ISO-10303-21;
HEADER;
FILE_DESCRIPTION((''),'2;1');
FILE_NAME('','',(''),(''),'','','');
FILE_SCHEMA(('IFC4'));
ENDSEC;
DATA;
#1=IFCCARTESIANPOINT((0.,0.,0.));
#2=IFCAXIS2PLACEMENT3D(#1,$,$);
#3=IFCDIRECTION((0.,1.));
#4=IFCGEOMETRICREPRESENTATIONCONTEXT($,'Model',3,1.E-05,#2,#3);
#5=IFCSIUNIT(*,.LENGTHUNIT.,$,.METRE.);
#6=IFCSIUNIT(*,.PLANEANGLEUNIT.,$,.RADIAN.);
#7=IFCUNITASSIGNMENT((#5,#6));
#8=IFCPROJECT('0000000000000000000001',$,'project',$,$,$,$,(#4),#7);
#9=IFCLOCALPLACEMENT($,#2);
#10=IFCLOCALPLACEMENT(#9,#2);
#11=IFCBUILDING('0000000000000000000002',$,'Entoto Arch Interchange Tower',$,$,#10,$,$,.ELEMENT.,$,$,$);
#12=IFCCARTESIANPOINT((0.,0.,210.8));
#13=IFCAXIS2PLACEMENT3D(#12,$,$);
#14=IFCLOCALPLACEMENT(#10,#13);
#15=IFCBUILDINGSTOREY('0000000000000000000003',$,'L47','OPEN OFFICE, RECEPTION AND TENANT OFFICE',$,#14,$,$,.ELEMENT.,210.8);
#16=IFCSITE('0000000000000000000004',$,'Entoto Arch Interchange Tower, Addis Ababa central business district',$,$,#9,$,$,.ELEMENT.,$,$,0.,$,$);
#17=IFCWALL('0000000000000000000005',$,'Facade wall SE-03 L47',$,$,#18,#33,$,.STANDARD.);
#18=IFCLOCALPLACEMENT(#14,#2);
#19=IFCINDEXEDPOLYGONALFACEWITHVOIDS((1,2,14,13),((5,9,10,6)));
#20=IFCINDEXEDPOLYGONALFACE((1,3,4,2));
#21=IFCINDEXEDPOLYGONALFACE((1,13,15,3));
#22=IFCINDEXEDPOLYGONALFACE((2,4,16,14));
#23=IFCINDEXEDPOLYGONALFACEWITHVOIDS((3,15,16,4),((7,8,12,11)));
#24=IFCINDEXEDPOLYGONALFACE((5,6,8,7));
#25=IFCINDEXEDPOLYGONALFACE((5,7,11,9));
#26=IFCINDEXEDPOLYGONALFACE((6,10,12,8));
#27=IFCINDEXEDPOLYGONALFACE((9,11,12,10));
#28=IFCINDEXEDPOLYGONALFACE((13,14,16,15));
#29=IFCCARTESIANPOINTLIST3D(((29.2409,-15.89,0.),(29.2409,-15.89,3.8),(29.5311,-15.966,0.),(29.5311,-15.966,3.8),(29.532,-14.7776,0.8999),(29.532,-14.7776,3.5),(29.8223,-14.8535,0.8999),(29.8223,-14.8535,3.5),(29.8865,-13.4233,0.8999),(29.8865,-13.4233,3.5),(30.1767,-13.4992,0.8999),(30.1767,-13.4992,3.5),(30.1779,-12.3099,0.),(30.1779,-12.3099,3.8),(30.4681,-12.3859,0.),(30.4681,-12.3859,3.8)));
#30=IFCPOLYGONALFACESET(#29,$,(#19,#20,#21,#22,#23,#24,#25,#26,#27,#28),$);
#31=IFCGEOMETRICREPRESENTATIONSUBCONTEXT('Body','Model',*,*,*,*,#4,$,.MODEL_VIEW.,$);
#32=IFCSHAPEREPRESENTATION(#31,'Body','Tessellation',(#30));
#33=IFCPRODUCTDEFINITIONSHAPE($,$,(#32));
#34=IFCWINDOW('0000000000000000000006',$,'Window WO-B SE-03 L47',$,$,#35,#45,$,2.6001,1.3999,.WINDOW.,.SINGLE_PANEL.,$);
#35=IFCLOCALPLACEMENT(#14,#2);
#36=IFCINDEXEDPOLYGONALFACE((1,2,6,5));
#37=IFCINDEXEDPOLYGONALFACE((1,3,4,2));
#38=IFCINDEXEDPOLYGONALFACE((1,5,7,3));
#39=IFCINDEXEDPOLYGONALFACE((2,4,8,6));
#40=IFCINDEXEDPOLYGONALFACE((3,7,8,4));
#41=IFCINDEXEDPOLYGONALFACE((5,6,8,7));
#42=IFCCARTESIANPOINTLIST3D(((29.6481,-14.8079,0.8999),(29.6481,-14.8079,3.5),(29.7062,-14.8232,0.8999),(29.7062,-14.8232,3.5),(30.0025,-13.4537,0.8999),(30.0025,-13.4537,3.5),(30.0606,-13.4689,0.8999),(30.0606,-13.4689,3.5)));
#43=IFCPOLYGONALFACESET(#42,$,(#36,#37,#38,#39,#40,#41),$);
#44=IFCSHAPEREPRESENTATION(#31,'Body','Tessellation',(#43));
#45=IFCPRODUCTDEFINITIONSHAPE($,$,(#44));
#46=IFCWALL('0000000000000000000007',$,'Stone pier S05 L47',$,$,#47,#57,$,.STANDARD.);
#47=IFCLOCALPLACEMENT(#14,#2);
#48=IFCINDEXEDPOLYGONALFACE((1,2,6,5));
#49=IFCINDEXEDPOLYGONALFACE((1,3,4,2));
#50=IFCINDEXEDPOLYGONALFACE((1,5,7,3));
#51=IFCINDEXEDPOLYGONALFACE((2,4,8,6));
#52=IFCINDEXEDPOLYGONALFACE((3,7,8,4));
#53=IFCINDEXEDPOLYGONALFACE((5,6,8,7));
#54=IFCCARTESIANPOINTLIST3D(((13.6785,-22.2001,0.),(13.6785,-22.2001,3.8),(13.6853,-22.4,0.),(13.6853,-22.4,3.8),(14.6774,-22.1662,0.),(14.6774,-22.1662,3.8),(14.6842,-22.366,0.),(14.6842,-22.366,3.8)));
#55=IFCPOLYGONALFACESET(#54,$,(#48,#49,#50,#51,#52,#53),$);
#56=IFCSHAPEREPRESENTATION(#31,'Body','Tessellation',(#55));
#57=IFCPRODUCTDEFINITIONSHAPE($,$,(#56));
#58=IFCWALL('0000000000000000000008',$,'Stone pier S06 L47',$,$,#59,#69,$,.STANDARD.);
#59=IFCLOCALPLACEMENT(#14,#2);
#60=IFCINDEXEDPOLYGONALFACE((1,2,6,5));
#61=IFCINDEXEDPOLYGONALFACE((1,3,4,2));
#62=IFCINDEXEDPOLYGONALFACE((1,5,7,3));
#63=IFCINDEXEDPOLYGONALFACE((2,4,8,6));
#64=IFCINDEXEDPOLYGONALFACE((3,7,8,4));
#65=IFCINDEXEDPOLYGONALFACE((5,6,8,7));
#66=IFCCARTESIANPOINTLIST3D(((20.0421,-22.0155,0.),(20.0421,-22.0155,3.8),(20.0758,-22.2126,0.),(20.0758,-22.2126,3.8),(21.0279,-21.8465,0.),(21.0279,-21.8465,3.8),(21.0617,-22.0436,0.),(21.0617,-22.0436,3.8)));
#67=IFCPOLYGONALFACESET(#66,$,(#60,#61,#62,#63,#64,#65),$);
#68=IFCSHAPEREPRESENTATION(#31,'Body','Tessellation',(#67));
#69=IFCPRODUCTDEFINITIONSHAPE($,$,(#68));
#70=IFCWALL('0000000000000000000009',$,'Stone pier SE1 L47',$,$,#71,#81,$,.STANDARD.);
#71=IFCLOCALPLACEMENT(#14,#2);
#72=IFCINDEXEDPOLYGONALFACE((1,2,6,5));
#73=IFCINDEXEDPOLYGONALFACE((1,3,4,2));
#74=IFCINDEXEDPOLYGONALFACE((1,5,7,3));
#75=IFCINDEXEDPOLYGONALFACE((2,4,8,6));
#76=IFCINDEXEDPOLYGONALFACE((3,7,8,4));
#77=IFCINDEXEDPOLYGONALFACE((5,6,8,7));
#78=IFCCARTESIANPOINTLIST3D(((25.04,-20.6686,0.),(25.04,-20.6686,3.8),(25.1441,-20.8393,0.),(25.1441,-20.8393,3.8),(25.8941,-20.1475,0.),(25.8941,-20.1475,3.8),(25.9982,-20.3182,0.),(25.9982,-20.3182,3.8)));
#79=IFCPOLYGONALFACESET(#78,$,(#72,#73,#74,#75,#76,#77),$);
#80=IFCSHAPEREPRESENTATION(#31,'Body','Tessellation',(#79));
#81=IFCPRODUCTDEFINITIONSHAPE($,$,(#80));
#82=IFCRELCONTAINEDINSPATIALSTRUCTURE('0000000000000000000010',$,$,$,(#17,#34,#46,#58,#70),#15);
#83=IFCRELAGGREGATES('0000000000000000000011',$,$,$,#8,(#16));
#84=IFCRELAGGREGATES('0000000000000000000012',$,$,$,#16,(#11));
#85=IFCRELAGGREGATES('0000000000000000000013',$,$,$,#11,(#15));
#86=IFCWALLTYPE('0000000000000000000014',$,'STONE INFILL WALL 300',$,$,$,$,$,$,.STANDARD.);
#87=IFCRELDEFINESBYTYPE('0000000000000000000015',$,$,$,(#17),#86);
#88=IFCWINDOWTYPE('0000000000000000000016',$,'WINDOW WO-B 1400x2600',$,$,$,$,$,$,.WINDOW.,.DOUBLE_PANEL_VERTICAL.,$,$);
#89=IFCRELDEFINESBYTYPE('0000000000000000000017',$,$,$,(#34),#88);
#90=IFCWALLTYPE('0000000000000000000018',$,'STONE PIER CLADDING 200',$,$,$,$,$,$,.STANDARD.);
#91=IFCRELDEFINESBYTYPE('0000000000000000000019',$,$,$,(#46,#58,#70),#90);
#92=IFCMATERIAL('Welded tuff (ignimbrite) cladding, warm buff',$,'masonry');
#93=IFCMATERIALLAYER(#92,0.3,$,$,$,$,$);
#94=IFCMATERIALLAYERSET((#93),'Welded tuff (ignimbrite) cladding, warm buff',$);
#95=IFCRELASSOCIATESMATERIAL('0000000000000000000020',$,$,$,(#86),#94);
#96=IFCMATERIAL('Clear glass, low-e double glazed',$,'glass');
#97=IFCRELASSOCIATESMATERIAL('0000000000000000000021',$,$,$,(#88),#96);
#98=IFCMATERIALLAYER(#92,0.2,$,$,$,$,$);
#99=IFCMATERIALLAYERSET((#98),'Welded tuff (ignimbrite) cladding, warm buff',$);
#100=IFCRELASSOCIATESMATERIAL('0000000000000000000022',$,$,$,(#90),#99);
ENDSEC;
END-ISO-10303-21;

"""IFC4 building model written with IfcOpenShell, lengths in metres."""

from ifc_helpers import new_model, si_unit, direction, frame, frame_2d, origin, place, context, subcontext, project, spatial, rectangle, extrude, material, layer, layer_set, type_object, element, fill, save


model = new_model("IFC4")

# Units and contexts
model_context = context("Model", 3, precision=1e-05, world=origin(), true_north=direction((0.0, 1.0)))
body_context = subcontext(model_context, "Body", "Model", "MODEL_VIEW")
ifc_project = project(units=[si_unit("LENGTHUNIT", "METRE"), si_unit("PLANEANGLEUNIT", "RADIAN")], contexts=[model_context])

# Site, building, storey
site_placement = place(None, origin())
site = spatial("IfcSite", under=ifc_project, at=site_placement, Name="Entoto Arch Interchange Tower, Addis Ababa central business district", CompositionType="ELEMENT", RefElevation=0.0)
building_placement = place(site_placement, origin())
building = spatial("IfcBuilding", under=site, at=building_placement, Name="Entoto Arch Interchange Tower", CompositionType="ELEMENT")
storey_placement = place(building_placement, frame((0.0, 0.0, 210.8)))
storey = spatial("IfcBuildingStorey", under=building, at=storey_placement, Name="L47", Description="OPEN OFFICE, RECEPTION AND TENANT OFFICE", CompositionType="ELEMENT", Elevation=210.8)

# Shared definitions
ifc_material_1 = material(Name="Welded tuff (ignimbrite) cladding, warm buff", Category="masonry")
ifc_layer_1 = layer(ifc_material_1, 0.3)
ifc_layer_set_1 = layer_set([ifc_layer_1], Name="Welded tuff (ignimbrite) cladding, warm buff")
wall_type_1 = type_object("IfcWallType", Name="STONE INFILL WALL 300", PredefinedType="STANDARD", material=ifc_layer_set_1)
ifc_material_2 = material(Name="Clear glass, low-e double glazed", Category="glass")
window_type = type_object("IfcWindowType", Name="WINDOW WO-B 1400x2600", PartitioningType="DOUBLE_PANEL_VERTICAL", PredefinedType="WINDOW", material=ifc_material_2)

# Wall, opening, window
wall_1_placement = place(storey_placement, frame((29.386, -15.928, 0.0), z_axis=(0.0, 0.0, 1.0), x_axis=(0.253201, 0.967414, 0.0)))
wall_1 = element("IfcWall", 1, at=wall_1_placement, inside=storey, type_object=wall_type_1, Name="Facade wall SE-03 L47", PredefinedType="STANDARD", context=body_context, shape_type="SweptSolid", body=[
    extrude(rectangle(XDim=3.7007, YDim=0.3, at=frame_2d((1.8503, 0.0))), origin(), (0.0, 0.0, 1.0), 3.8),
])
opening_1_placement = place(wall_1_placement, frame((1.1499, 0.0, 0.8999)))
opening_1 = element("IfcOpeningElement", 2, at=opening_1_placement, cuts=wall_1, PredefinedType="OPENING", context=body_context, shape_type="SweptSolid", body=[
    extrude(rectangle(XDim=1.3999, YDim=2.6001, at=frame_2d((0.7, 1.3))), frame((0.0, 0.1602, 0.0), z_axis=(0.0, -1.0, 0.0), x_axis=(1.0, 0.0, 0.0)), (0.0, 0.0, 1.0), 0.3201),
])
window_1_placement = place(opening_1_placement, origin())
window_1 = element("IfcWindow", 3, at=window_1_placement, inside=storey, type_object=window_type, Name="Window WO-B SE-03 L47", OverallHeight=2.6001, OverallWidth=1.3999, PartitioningType="SINGLE_PANEL", PredefinedType="WINDOW", context=body_context, shape_type="SweptSolid", body=[
    extrude(rectangle(XDim=1.3999, YDim=2.6001, at=frame_2d((0.7, 1.3))), frame((0.0, 0.03, 0.0), z_axis=(0.0, -1.0, 0.0), x_axis=(1.0, 0.0, 0.0)), (0.0, 0.0, 1.0), 0.0601),
])
fill(opening_1, window_1)

# Walls
ifc_layer_2 = layer(ifc_material_1, 0.2)
ifc_layer_set_2 = layer_set([ifc_layer_2], Name="Welded tuff (ignimbrite) cladding, warm buff")
wall_type_2 = type_object("IfcWallType", Name="STONE PIER CLADDING 200", PredefinedType="STANDARD", material=ifc_layer_set_2)
wall_2_placement = place(storey_placement, frame((13.6819, -22.3, 0.0), z_axis=(0.0, 0.0, 1.0), x_axis=(0.999424, 0.033949, 0.0)))
element("IfcWall", 4, at=wall_2_placement, inside=storey, type_object=wall_type_2, Name="Stone pier S05 L47", PredefinedType="STANDARD", context=body_context, shape_type="SweptSolid", body=[
    extrude(rectangle(XDim=0.9995, YDim=0.2, at=frame_2d((0.4998, 0.0))), origin(), (0.0, 0.0, 1.0), 3.8),
])
wall_3_placement = place(storey_placement, frame((20.0591, -22.114, 0.0), z_axis=(0.0, 0.0, 1.0), x_axis=(0.985632, 0.16891, 0.0)))
element("IfcWall", 5, at=wall_3_placement, inside=storey, type_object=wall_type_2, Name="Stone pier S06 L47", PredefinedType="STANDARD", context=body_context, shape_type="SweptSolid", body=[
    extrude(rectangle(XDim=1.0002, YDim=0.2, at=frame_2d((0.5, 0.0))), origin(), (0.0, 0.0, 1.0), 3.8),
])
wall_4_placement = place(storey_placement, frame((25.092, -20.7539, 0.0), z_axis=(0.0, 0.0, 1.0), x_axis=(0.85368, 0.520798, 0.0)))
element("IfcWall", 6, at=wall_4_placement, inside=storey, type_object=wall_type_2, Name="Stone pier SE1 L47", PredefinedType="STANDARD", context=body_context, shape_type="SweptSolid", body=[
    extrude(rectangle(XDim=1.0005, YDim=0.2, at=frame_2d((0.5002, 0.0))), origin(), (0.0, 0.0, 1.0), 3.8),
])

save(model, "model.ifc")
